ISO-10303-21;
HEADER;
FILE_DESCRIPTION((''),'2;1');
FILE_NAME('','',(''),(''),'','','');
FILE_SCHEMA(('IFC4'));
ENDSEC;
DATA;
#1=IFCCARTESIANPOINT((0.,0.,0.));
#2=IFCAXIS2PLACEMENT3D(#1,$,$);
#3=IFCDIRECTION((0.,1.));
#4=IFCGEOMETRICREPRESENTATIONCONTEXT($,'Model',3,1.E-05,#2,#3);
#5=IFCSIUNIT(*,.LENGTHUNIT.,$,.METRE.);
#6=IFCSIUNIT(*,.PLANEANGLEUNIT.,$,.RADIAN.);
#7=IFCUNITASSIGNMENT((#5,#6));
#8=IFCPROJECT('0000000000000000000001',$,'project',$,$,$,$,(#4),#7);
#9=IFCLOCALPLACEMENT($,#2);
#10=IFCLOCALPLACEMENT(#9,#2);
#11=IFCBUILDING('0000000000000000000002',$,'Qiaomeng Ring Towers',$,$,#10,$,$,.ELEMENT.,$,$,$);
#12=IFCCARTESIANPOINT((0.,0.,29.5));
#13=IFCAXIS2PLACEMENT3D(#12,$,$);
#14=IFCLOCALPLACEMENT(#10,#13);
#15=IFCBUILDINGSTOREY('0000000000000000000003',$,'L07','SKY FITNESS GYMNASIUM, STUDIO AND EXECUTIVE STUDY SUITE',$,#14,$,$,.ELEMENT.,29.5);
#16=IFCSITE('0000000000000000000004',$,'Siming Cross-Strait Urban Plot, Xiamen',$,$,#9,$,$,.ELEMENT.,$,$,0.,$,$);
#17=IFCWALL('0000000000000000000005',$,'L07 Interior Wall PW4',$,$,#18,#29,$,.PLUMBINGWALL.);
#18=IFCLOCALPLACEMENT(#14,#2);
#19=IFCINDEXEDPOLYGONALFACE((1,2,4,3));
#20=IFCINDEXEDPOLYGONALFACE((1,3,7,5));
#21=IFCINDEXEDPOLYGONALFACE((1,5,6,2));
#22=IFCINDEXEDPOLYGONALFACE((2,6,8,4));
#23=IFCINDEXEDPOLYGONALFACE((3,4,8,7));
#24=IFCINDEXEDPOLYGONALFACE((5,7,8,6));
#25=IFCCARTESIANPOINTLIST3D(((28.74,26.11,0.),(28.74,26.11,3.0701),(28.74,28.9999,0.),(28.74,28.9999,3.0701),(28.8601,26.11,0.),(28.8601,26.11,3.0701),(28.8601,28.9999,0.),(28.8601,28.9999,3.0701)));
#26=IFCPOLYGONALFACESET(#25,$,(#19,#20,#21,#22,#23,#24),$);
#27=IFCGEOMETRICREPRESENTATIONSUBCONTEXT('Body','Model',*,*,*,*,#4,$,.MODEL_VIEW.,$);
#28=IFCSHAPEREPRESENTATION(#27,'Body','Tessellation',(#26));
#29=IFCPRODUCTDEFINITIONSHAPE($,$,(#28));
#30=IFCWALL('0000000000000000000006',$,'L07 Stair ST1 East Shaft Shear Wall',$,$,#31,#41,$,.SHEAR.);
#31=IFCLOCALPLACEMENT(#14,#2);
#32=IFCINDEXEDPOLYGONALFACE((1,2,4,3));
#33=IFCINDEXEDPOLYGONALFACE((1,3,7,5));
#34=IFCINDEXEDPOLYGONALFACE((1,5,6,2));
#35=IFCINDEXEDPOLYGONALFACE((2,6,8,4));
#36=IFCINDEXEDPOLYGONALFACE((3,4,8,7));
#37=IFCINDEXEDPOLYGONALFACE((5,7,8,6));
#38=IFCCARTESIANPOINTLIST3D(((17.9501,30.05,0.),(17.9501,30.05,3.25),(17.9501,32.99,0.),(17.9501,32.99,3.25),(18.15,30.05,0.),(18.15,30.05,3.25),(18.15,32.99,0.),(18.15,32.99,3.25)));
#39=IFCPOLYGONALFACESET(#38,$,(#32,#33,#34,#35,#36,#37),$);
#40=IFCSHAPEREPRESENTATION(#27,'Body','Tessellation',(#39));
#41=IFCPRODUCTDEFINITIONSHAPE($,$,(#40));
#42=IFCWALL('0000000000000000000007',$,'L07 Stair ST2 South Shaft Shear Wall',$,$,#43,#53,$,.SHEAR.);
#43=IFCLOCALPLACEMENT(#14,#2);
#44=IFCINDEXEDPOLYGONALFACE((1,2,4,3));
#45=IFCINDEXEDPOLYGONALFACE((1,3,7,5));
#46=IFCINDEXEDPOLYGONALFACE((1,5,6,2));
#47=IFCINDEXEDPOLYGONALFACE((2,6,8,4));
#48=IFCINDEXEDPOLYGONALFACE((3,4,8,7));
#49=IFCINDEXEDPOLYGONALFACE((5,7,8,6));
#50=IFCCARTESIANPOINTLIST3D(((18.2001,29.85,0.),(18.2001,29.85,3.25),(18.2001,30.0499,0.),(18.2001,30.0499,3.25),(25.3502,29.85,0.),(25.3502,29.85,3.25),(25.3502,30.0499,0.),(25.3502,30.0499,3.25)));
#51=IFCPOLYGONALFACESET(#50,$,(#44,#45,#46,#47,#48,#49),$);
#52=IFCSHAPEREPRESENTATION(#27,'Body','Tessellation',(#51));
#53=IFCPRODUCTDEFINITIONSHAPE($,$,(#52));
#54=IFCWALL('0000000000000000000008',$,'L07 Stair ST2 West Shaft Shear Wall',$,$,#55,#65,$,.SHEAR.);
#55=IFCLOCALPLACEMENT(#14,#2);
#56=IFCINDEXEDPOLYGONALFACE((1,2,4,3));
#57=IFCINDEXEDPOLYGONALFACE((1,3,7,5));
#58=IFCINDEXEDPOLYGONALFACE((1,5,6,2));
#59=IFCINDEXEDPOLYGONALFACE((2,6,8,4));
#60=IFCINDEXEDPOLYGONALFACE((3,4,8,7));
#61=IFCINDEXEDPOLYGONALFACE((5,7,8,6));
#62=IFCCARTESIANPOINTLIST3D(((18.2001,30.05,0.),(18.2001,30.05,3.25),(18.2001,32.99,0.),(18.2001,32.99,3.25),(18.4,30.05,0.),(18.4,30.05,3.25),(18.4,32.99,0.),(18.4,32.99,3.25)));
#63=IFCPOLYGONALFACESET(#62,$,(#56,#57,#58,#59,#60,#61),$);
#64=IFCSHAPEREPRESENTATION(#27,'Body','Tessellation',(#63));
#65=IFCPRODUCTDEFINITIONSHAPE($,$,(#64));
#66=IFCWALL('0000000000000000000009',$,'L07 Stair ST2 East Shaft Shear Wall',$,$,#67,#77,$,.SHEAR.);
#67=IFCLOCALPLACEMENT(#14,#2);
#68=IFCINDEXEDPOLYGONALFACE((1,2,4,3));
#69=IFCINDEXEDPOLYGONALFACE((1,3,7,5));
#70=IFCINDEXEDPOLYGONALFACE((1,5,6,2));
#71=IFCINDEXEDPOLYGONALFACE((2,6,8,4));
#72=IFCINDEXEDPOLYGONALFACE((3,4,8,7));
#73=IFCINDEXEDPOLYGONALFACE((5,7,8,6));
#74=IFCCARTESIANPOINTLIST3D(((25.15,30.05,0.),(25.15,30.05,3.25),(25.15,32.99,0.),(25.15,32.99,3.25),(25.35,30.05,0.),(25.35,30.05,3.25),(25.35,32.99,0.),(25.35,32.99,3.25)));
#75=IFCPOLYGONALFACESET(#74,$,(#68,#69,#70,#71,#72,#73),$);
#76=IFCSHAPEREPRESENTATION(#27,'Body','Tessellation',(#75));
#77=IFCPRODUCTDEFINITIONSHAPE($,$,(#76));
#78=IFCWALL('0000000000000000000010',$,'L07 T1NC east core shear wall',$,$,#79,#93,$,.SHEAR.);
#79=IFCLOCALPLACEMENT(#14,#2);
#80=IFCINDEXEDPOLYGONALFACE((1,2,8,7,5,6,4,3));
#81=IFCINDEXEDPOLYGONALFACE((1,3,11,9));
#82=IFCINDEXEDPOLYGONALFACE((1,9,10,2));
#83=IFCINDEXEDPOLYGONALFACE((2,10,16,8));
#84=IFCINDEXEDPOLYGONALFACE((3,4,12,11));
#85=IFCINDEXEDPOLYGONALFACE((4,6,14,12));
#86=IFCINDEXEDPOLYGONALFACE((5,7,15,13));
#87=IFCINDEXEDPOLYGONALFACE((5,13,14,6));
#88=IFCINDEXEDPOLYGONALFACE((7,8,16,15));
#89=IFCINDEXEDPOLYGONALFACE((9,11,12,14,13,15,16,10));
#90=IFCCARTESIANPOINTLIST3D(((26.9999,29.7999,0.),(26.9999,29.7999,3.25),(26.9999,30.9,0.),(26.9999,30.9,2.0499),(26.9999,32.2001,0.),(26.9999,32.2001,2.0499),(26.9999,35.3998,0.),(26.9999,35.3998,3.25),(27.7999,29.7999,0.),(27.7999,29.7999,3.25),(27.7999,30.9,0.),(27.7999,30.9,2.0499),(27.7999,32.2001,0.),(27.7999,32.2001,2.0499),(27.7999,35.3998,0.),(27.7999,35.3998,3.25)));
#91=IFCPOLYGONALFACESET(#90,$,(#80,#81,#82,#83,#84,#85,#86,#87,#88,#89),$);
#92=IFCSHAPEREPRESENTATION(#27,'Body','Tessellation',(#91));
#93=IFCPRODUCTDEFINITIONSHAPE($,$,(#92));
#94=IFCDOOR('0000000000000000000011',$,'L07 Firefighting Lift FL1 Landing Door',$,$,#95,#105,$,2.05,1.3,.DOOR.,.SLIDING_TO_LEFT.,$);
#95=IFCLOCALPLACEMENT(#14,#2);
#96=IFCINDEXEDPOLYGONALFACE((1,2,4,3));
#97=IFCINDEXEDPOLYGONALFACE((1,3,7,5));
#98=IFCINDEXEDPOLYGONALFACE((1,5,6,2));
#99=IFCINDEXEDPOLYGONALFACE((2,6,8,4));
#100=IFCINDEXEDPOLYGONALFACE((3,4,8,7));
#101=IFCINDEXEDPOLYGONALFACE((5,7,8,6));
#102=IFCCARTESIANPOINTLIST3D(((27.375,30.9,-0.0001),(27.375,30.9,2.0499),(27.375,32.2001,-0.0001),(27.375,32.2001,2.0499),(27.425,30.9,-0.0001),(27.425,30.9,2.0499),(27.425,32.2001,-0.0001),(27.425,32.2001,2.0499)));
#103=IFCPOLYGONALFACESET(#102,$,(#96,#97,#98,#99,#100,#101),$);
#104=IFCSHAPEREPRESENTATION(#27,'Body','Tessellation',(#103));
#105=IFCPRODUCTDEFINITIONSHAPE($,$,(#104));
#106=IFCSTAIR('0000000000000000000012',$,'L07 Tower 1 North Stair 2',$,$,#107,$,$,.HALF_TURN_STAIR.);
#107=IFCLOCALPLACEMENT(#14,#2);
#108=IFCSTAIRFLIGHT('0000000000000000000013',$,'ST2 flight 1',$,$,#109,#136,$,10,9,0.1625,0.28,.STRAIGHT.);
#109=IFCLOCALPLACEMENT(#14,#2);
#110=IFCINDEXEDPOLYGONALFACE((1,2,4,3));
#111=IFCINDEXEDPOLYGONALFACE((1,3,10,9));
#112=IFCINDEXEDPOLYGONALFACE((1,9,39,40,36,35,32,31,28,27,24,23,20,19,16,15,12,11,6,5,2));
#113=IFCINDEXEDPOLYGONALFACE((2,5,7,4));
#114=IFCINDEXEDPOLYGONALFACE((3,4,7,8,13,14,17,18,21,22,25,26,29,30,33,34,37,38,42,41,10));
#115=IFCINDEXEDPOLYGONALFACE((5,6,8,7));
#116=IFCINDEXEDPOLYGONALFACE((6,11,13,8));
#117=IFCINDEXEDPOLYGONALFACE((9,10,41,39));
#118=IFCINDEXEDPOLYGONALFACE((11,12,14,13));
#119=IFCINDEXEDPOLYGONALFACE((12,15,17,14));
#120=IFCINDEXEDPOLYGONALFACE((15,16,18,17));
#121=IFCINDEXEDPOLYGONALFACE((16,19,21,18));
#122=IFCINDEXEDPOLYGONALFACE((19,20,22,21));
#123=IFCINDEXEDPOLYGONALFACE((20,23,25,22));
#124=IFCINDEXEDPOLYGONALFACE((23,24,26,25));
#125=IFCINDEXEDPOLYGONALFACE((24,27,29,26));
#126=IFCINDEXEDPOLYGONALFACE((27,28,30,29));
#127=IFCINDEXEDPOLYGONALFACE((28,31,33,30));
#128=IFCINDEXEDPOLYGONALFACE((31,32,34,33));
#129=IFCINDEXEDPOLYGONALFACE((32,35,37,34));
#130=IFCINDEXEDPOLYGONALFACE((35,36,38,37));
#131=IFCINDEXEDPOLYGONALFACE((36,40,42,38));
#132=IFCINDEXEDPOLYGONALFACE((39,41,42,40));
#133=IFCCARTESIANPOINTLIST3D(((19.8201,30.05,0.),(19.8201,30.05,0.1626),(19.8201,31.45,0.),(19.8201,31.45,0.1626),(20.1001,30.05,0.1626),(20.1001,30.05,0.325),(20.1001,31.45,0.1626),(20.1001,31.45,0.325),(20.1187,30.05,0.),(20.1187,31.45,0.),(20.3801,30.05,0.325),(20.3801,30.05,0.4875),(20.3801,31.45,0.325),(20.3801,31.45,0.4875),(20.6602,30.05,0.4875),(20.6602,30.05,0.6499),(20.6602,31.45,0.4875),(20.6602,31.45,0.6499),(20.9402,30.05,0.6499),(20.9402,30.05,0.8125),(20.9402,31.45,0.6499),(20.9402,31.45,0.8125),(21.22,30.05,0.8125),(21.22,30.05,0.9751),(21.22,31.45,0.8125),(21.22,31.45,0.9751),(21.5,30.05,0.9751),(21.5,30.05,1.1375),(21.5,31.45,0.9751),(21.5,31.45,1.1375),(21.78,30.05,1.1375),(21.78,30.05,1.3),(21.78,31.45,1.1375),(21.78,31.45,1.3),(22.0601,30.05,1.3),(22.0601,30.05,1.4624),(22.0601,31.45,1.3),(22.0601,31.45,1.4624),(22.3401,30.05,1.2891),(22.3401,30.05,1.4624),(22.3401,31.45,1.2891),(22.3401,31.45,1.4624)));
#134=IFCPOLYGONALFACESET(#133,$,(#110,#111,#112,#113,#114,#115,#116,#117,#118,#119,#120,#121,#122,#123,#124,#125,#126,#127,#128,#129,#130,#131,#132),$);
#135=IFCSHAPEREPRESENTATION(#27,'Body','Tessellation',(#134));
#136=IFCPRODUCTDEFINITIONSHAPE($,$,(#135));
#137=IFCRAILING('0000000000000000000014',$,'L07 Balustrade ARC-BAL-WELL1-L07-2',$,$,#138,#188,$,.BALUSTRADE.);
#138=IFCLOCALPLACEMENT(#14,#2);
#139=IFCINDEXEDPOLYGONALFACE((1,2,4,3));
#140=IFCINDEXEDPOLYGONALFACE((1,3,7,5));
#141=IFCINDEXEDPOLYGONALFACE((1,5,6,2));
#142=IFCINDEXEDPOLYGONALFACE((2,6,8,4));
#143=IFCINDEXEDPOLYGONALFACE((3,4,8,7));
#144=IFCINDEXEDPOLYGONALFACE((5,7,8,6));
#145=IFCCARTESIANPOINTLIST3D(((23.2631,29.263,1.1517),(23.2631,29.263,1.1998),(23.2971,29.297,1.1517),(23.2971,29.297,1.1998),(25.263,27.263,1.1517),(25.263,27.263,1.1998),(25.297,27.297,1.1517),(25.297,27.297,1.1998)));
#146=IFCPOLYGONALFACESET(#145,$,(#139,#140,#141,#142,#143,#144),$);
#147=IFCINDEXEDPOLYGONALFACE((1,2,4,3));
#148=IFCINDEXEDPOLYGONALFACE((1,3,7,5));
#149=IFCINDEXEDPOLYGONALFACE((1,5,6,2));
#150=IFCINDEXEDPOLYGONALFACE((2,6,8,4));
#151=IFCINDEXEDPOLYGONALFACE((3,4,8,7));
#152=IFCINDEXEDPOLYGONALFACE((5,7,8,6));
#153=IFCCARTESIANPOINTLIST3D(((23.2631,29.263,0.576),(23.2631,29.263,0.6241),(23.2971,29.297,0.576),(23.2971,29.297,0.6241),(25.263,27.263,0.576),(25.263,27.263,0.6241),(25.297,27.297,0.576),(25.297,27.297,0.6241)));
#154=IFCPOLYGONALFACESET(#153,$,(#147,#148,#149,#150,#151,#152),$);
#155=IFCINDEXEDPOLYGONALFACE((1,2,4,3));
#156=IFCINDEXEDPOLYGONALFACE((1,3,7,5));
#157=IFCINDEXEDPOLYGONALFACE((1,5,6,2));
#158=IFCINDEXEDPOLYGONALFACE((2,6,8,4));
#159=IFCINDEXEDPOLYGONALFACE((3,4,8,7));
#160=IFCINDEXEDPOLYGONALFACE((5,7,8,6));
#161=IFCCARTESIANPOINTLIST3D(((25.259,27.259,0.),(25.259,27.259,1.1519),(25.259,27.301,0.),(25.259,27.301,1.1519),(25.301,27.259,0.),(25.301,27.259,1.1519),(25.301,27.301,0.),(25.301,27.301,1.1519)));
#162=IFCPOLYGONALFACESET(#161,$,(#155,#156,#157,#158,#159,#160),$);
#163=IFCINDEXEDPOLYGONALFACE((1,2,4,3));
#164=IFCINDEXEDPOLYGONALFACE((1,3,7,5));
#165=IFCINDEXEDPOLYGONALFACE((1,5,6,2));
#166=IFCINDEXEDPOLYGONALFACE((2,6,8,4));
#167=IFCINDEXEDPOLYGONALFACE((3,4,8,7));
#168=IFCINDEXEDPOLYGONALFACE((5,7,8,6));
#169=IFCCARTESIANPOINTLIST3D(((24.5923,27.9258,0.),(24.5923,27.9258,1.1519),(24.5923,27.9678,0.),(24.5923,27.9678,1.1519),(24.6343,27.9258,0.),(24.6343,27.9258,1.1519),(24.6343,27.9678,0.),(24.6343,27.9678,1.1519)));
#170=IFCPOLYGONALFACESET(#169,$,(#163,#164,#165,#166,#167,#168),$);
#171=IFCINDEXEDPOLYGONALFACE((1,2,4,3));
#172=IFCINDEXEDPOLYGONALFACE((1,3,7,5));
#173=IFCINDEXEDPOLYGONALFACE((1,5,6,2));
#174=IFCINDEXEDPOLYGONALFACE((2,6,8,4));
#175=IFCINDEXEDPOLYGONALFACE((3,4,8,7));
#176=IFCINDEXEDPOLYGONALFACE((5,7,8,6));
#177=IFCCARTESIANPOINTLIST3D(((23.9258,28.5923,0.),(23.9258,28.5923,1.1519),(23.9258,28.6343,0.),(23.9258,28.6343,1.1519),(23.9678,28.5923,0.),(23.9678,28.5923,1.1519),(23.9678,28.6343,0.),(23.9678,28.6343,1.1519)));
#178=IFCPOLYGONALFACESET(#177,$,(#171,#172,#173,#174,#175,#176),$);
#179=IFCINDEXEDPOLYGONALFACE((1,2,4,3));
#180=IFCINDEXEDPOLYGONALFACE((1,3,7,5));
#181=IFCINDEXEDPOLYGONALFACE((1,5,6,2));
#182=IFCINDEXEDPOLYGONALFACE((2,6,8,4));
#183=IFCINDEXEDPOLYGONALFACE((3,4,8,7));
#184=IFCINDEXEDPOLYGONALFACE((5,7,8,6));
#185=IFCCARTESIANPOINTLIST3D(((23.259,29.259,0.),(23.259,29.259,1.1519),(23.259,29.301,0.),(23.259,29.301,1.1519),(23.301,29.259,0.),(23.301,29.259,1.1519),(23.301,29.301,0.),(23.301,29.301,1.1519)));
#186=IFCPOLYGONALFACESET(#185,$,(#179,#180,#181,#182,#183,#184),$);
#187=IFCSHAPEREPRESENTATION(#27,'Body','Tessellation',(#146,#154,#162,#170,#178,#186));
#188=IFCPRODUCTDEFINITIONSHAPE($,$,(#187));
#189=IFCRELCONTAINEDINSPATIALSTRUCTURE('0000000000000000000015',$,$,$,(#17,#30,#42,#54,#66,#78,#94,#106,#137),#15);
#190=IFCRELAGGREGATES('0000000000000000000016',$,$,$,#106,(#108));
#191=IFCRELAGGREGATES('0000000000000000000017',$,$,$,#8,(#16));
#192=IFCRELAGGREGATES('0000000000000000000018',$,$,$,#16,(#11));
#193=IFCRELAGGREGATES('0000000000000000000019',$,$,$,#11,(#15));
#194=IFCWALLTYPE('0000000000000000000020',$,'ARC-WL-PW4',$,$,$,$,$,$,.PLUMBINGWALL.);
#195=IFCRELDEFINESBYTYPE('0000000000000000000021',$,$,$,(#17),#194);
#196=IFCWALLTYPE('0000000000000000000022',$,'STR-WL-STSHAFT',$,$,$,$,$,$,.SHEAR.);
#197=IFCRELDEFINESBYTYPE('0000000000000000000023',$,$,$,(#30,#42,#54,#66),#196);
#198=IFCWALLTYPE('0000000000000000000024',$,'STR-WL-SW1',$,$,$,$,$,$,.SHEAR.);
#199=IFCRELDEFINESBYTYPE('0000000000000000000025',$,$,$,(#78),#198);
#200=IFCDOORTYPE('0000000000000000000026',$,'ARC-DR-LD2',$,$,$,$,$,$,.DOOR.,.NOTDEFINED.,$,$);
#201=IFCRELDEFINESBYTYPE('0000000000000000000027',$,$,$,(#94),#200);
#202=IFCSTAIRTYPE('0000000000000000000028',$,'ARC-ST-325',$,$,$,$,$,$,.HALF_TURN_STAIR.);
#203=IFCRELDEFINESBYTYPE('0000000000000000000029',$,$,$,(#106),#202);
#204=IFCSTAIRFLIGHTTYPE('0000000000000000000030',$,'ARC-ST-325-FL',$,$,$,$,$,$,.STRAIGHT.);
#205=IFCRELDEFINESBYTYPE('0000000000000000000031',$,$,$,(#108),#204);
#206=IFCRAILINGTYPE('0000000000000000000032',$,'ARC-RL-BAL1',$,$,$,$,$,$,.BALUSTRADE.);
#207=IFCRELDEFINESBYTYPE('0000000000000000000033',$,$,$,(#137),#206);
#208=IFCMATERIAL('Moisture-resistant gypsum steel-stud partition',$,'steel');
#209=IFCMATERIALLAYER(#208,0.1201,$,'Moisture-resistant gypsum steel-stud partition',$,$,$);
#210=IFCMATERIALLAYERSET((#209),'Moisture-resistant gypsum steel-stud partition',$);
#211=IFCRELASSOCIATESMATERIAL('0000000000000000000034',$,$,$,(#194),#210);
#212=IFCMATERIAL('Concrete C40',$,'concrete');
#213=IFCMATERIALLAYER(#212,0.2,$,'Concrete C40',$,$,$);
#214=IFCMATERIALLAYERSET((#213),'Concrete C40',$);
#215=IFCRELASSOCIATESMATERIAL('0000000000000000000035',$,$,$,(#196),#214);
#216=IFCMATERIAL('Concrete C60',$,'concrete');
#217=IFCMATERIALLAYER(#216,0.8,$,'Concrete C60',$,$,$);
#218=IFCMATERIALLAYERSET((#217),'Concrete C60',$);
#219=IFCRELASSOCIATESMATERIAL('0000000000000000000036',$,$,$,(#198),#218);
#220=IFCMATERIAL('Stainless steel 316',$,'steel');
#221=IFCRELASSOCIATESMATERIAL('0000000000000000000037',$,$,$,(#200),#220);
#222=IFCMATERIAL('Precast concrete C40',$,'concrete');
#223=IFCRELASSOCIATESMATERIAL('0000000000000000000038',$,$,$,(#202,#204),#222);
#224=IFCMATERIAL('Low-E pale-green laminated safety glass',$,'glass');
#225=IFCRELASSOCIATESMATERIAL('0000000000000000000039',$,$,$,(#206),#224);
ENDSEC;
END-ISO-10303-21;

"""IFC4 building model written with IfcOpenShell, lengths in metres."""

from ifc_helpers import new_model, si_unit, direction, frame, frame_2d, origin, origin_2d, place, context, subcontext, project, spatial, polyline, rectangle, outline, extrude, source, transform, mapped, material, layer, layer_set, type_object, element, fill, aggregate, save


model = new_model("IFC4")

# Units and contexts
model_context = context("Model", 3, precision=1e-05, world=origin(), true_north=direction((0.0, 1.0)))
body_context = subcontext(model_context, "Body", "Model", "MODEL_VIEW")
ifc_project = project(units=[si_unit("LENGTHUNIT", "METRE"), si_unit("PLANEANGLEUNIT", "RADIAN")], contexts=[model_context])

# Site, building, storey
site_placement = place(None, origin())
site = spatial("IfcSite", under=ifc_project, at=site_placement, Name="Siming Cross-Strait Urban Plot, Xiamen", CompositionType="ELEMENT", RefElevation=0.0)
building_placement = place(site_placement, origin())
building = spatial("IfcBuilding", under=site, at=building_placement, Name="Qiaomeng Ring Towers", CompositionType="ELEMENT")
storey_placement = place(building_placement, frame((0.0, 0.0, 29.5)))
storey = spatial("IfcBuildingStorey", under=building, at=storey_placement, Name="L07", Description="SKY FITNESS GYMNASIUM, STUDIO AND EXECUTIVE STUDY SUITE", CompositionType="ELEMENT", Elevation=29.5)

# Shared definitions
ifc_material_1 = material(Name="Moisture-resistant gypsum steel-stud partition", Category="steel")
ifc_layer_1 = layer(ifc_material_1, 0.1201, Name="Moisture-resistant gypsum steel-stud partition")
ifc_layer_set_1 = layer_set([ifc_layer_1], Name="Moisture-resistant gypsum steel-stud partition")
wall_type_1 = type_object("IfcWallType", Name="ARC-WL-PW4", PredefinedType="PLUMBINGWALL", material=ifc_layer_set_1)

# Walls
wall_1_placement = place(storey_placement, frame((28.8, 26.1101, 0.0), z_axis=(0.0, 0.0, 1.0), x_axis=(0.0, 1.0, 0.0)))
element("IfcWall", 1, at=wall_1_placement, inside=storey, type_object=wall_type_1, Name="L07 Interior Wall PW4", PredefinedType="PLUMBINGWALL", context=body_context, shape_type="SweptSolid", body=[
    extrude(rectangle(XDim=2.8899, YDim=0.1201, at=frame_2d((1.4448, 0.0))), origin(), (0.0, 0.0, 1.0), 3.0701),
])
ifc_material_2 = material(Name="Concrete C40", Category="concrete")
ifc_layer_2 = layer(ifc_material_2, 0.2, Name="Concrete C40")
ifc_layer_set_2 = layer_set([ifc_layer_2], Name="Concrete C40")
wall_type_2 = type_object("IfcWallType", Name="STR-WL-STSHAFT", PredefinedType="SHEAR", material=ifc_layer_set_2)
wall_2_placement = place(storey_placement, frame((18.05, 30.05, 0.0), z_axis=(0.0, 0.0, 1.0), x_axis=(0.0, 1.0, 0.0)))
element("IfcWall", 2, at=wall_2_placement, inside=storey, type_object=wall_type_2, Name="L07 Stair ST1 East Shaft Shear Wall", PredefinedType="SHEAR", context=body_context, shape_type="SweptSolid", body=[
    extrude(rectangle(XDim=2.9399, YDim=0.2, at=frame_2d((1.47, 0.0))), origin(), (0.0, 0.0, 1.0), 3.25),
])
wall_3_placement = place(storey_placement, frame((18.2, 29.95, 0.0), z_axis=(0.0, 0.0, 1.0), x_axis=(1.0, 0.0, 0.0)))
element("IfcWall", 3, at=wall_3_placement, inside=storey, type_object=wall_type_2, Name="L07 Stair ST2 South Shaft Shear Wall", PredefinedType="SHEAR", context=body_context, shape_type="SweptSolid", body=[
    extrude(rectangle(XDim=7.1501, YDim=0.2, at=frame_2d((3.5752, 0.0))), origin(), (0.0, 0.0, 1.0), 3.25),
])
for number, where, z_axis, x_axis, name in (
    (4, (18.3, 30.05, 0.0), (0.0, 0.0, 1.0), (0.0, 1.0, 0.0), "L07 Stair ST2 West Shaft Shear Wall"),
    (5, (25.25, 30.05, 0.0), (0.0, 0.0, 1.0), (0.0, 1.0, 0.0), "L07 Stair ST2 East Shaft Shear Wall"),
):
    element("IfcWall", number, at=place(storey_placement, frame(where, z_axis=z_axis, x_axis=x_axis)), inside=storey, type_object=wall_type_2, Name=name, PredefinedType="SHEAR", context=body_context, shape_type="SweptSolid", body=[
        extrude(rectangle(XDim=2.9399, YDim=0.2, at=frame_2d((1.47, 0.0))), origin(), (0.0, 0.0, 1.0), 3.25),
    ])

# Wall, opening, door
ifc_material_3 = material(Name="Concrete C60", Category="concrete")
ifc_layer_3 = layer(ifc_material_3, 0.8, Name="Concrete C60")
ifc_layer_set_3 = layer_set([ifc_layer_3], Name="Concrete C60")
wall_type_3 = type_object("IfcWallType", Name="STR-WL-SW1", PredefinedType="SHEAR", material=ifc_layer_set_3)
wall_4_placement = place(storey_placement, frame((27.3999, 29.8, 0.0), z_axis=(0.0, 0.0, 1.0), x_axis=(0.0, 1.0, 0.0)))
wall_4 = element("IfcWall", 6, at=wall_4_placement, inside=storey, type_object=wall_type_3, Name="L07 T1NC east core shear wall", PredefinedType="SHEAR", context=body_context, shape_type="SweptSolid", body=[
    extrude(rectangle(XDim=5.5999, YDim=0.8, at=frame_2d((2.7998, 0.0))), origin(), (0.0, 0.0, 1.0), 3.25),
])
opening_1_placement = place(wall_4_placement, frame((1.1001, 0.0, 0.0)))
opening_1 = element("IfcOpeningElement", 7, at=opening_1_placement, cuts=wall_4, PredefinedType="OPENING", context=body_context, shape_type="SweptSolid", body=[
    extrude(rectangle(XDim=1.3, YDim=2.05, at=frame_2d((0.6499, 1.0249))), frame((0.0, 0.4099, 0.0), z_axis=(0.0, -1.0, 0.0), x_axis=(1.0, 0.0, 0.0)), (0.0, 0.0, 1.0), 0.8201),
])
ifc_material_4 = material(Name="Stainless steel 316", Category="steel")
door_type_1 = type_object("IfcDoorType", Name="ARC-DR-LD2", OperationType="NOTDEFINED", PredefinedType="DOOR", material=ifc_material_4)
shared_shape_1 = source(origin(), body_context, "Body", "SweptSolid", [
    extrude(rectangle(XDim=1.3, YDim=2.05, at=frame_2d((0.6499, 1.0249))), frame((0.0, 0.0249, 0.0), z_axis=(0.0, -1.0, 0.0), x_axis=(1.0, 0.0, 0.0)), (0.0, 0.0, 1.0), 0.05),
])
door_1_placement = place(opening_1_placement, origin())
door_1 = element("IfcDoor", 8, at=door_1_placement, inside=storey, type_object=door_type_1, Name="L07 Firefighting Lift FL1 Landing Door", OperationType="SLIDING_TO_LEFT", OverallHeight=2.05, OverallWidth=1.3, PredefinedType="DOOR", context=body_context, shape_type="MappedRepresentation", body=[
    mapped(shared_shape_1, transform((0.0, 0.0, 0.0), x_axis=(1.0, 0.0, 0.0), y_axis=(0.0, 1.0, 0.0), z_axis=(0.0, 0.0, 1.0), scale=1.0)),
])
fill(opening_1, door_1)

# Stair, stair flight
ifc_material_5 = material(Name="Precast concrete C40", Category="concrete")
stair_type = type_object("IfcStairType", Name="ARC-ST-325", PredefinedType="HALF_TURN_STAIR", material=ifc_material_5)
stair_placement = place(storey_placement, origin())
stair = element("IfcStair", 9, at=stair_placement, inside=storey, type_object=stair_type, Name="L07 Tower 1 North Stair 2", PredefinedType="HALF_TURN_STAIR")
stair_flight_type = type_object("IfcStairFlightType", Name="ARC-ST-325-FL", PredefinedType="STRAIGHT", material=ifc_material_5)
shared_shape_2 = source(origin(), body_context, "Body", "SweptSolid", [
    extrude(outline(polyline([(0.0, 0.0), (0.0, 0.1626), (0.28, 0.1626), (0.28, 0.325), (0.5601, 0.325), (0.5601, 0.4875), (0.8401, 0.4875), (0.8401, 0.6499), (1.1201, 0.6499), (1.1201, 0.8125), (1.3999, 0.8125), (1.3999, 0.9751), (1.6799, 0.9751), (1.6799, 1.1375), (1.96, 1.1375), (1.96, 1.3), (2.24, 1.3), (2.24, 1.4624), (2.52, 1.4624), (2.52, 1.625), (2.52, 1.2891), (0.2986, 0.0), (0.0, 0.0)])), frame((0.0, 0.7, 0.0), z_axis=(0.0, -1.0, 0.0), x_axis=(1.0, 0.0, 0.0)), (0.0, 0.0, 1.0), 1.3999),
])
stair_flight_placement = place(storey_placement, frame((19.8201, 30.75, 0.0), z_axis=(0.0, 0.0, 1.0), x_axis=(1.0, 0.0, 0.0)))
stair_flight = element("IfcStairFlight", 10, at=stair_flight_placement, type_object=stair_flight_type, Name="ST2 flight 1", NumberOfRisers=10, NumberOfTreads=9, PredefinedType="STRAIGHT", RiserHeight=0.1625, TreadLength=0.28, context=body_context, shape_type="MappedRepresentation", body=[
    mapped(shared_shape_2, transform((0.0, 0.0, 0.0), x_axis=(1.0, 0.0, 0.0), y_axis=(0.0, 1.0, 0.0), z_axis=(0.0, 0.0, 1.0), scale=1.0)),
])
aggregate(stair, [stair_flight])

# Railing
ifc_material_6 = material(Name="Low-E pale-green laminated safety glass", Category="glass")
railing_type_1 = type_object("IfcRailingType", Name="ARC-RL-BAL1", PredefinedType="BALUSTRADE", material=ifc_material_6)
railing_1_placement = place(storey_placement, frame((25.28, 27.28, 0.0)))
element("IfcRailing", 11, at=railing_1_placement, inside=storey, type_object=railing_type_1, Name="L07 Balustrade ARC-BAL-WELL1-L07-2", PredefinedType="BALUSTRADE", context=body_context, shape_type="SweptSolid", body=[
    extrude(rectangle(XDim=0.0481, YDim=0.0481, at=origin_2d()), frame((0.0, 0.0, 1.1758), z_axis=(-0.707107, 0.707107, 0.0), x_axis=(-0.707107, -0.707107, 0.0)), (0.0, 0.0, 1.0), 2.8284),
    extrude(rectangle(XDim=0.0481, YDim=0.0481, at=origin_2d()), frame((0.0, 0.0, 0.6001), z_axis=(-0.707107, 0.707107, 0.0), x_axis=(-0.707107, -0.707107, 0.0)), (0.0, 0.0, 1.0), 2.8284),
    extrude(rectangle(XDim=0.042, YDim=0.042, at=origin_2d()), origin(), (0.0, 0.0, 1.0), 1.1519),
    extrude(rectangle(XDim=0.042, YDim=0.042, at=origin_2d()), frame((-0.6667, 0.6667, 0.0)), (0.0, 0.0, 1.0), 1.1519),
    extrude(rectangle(XDim=0.042, YDim=0.042, at=origin_2d()), frame((-1.3333, 1.3333, 0.0)), (0.0, 0.0, 1.0), 1.1519),
    extrude(rectangle(XDim=0.042, YDim=0.042, at=origin_2d()), frame((-2.0, 2.0, 0.0)), (0.0, 0.0, 1.0), 1.1519),
])

save(model, "model.ifc")
